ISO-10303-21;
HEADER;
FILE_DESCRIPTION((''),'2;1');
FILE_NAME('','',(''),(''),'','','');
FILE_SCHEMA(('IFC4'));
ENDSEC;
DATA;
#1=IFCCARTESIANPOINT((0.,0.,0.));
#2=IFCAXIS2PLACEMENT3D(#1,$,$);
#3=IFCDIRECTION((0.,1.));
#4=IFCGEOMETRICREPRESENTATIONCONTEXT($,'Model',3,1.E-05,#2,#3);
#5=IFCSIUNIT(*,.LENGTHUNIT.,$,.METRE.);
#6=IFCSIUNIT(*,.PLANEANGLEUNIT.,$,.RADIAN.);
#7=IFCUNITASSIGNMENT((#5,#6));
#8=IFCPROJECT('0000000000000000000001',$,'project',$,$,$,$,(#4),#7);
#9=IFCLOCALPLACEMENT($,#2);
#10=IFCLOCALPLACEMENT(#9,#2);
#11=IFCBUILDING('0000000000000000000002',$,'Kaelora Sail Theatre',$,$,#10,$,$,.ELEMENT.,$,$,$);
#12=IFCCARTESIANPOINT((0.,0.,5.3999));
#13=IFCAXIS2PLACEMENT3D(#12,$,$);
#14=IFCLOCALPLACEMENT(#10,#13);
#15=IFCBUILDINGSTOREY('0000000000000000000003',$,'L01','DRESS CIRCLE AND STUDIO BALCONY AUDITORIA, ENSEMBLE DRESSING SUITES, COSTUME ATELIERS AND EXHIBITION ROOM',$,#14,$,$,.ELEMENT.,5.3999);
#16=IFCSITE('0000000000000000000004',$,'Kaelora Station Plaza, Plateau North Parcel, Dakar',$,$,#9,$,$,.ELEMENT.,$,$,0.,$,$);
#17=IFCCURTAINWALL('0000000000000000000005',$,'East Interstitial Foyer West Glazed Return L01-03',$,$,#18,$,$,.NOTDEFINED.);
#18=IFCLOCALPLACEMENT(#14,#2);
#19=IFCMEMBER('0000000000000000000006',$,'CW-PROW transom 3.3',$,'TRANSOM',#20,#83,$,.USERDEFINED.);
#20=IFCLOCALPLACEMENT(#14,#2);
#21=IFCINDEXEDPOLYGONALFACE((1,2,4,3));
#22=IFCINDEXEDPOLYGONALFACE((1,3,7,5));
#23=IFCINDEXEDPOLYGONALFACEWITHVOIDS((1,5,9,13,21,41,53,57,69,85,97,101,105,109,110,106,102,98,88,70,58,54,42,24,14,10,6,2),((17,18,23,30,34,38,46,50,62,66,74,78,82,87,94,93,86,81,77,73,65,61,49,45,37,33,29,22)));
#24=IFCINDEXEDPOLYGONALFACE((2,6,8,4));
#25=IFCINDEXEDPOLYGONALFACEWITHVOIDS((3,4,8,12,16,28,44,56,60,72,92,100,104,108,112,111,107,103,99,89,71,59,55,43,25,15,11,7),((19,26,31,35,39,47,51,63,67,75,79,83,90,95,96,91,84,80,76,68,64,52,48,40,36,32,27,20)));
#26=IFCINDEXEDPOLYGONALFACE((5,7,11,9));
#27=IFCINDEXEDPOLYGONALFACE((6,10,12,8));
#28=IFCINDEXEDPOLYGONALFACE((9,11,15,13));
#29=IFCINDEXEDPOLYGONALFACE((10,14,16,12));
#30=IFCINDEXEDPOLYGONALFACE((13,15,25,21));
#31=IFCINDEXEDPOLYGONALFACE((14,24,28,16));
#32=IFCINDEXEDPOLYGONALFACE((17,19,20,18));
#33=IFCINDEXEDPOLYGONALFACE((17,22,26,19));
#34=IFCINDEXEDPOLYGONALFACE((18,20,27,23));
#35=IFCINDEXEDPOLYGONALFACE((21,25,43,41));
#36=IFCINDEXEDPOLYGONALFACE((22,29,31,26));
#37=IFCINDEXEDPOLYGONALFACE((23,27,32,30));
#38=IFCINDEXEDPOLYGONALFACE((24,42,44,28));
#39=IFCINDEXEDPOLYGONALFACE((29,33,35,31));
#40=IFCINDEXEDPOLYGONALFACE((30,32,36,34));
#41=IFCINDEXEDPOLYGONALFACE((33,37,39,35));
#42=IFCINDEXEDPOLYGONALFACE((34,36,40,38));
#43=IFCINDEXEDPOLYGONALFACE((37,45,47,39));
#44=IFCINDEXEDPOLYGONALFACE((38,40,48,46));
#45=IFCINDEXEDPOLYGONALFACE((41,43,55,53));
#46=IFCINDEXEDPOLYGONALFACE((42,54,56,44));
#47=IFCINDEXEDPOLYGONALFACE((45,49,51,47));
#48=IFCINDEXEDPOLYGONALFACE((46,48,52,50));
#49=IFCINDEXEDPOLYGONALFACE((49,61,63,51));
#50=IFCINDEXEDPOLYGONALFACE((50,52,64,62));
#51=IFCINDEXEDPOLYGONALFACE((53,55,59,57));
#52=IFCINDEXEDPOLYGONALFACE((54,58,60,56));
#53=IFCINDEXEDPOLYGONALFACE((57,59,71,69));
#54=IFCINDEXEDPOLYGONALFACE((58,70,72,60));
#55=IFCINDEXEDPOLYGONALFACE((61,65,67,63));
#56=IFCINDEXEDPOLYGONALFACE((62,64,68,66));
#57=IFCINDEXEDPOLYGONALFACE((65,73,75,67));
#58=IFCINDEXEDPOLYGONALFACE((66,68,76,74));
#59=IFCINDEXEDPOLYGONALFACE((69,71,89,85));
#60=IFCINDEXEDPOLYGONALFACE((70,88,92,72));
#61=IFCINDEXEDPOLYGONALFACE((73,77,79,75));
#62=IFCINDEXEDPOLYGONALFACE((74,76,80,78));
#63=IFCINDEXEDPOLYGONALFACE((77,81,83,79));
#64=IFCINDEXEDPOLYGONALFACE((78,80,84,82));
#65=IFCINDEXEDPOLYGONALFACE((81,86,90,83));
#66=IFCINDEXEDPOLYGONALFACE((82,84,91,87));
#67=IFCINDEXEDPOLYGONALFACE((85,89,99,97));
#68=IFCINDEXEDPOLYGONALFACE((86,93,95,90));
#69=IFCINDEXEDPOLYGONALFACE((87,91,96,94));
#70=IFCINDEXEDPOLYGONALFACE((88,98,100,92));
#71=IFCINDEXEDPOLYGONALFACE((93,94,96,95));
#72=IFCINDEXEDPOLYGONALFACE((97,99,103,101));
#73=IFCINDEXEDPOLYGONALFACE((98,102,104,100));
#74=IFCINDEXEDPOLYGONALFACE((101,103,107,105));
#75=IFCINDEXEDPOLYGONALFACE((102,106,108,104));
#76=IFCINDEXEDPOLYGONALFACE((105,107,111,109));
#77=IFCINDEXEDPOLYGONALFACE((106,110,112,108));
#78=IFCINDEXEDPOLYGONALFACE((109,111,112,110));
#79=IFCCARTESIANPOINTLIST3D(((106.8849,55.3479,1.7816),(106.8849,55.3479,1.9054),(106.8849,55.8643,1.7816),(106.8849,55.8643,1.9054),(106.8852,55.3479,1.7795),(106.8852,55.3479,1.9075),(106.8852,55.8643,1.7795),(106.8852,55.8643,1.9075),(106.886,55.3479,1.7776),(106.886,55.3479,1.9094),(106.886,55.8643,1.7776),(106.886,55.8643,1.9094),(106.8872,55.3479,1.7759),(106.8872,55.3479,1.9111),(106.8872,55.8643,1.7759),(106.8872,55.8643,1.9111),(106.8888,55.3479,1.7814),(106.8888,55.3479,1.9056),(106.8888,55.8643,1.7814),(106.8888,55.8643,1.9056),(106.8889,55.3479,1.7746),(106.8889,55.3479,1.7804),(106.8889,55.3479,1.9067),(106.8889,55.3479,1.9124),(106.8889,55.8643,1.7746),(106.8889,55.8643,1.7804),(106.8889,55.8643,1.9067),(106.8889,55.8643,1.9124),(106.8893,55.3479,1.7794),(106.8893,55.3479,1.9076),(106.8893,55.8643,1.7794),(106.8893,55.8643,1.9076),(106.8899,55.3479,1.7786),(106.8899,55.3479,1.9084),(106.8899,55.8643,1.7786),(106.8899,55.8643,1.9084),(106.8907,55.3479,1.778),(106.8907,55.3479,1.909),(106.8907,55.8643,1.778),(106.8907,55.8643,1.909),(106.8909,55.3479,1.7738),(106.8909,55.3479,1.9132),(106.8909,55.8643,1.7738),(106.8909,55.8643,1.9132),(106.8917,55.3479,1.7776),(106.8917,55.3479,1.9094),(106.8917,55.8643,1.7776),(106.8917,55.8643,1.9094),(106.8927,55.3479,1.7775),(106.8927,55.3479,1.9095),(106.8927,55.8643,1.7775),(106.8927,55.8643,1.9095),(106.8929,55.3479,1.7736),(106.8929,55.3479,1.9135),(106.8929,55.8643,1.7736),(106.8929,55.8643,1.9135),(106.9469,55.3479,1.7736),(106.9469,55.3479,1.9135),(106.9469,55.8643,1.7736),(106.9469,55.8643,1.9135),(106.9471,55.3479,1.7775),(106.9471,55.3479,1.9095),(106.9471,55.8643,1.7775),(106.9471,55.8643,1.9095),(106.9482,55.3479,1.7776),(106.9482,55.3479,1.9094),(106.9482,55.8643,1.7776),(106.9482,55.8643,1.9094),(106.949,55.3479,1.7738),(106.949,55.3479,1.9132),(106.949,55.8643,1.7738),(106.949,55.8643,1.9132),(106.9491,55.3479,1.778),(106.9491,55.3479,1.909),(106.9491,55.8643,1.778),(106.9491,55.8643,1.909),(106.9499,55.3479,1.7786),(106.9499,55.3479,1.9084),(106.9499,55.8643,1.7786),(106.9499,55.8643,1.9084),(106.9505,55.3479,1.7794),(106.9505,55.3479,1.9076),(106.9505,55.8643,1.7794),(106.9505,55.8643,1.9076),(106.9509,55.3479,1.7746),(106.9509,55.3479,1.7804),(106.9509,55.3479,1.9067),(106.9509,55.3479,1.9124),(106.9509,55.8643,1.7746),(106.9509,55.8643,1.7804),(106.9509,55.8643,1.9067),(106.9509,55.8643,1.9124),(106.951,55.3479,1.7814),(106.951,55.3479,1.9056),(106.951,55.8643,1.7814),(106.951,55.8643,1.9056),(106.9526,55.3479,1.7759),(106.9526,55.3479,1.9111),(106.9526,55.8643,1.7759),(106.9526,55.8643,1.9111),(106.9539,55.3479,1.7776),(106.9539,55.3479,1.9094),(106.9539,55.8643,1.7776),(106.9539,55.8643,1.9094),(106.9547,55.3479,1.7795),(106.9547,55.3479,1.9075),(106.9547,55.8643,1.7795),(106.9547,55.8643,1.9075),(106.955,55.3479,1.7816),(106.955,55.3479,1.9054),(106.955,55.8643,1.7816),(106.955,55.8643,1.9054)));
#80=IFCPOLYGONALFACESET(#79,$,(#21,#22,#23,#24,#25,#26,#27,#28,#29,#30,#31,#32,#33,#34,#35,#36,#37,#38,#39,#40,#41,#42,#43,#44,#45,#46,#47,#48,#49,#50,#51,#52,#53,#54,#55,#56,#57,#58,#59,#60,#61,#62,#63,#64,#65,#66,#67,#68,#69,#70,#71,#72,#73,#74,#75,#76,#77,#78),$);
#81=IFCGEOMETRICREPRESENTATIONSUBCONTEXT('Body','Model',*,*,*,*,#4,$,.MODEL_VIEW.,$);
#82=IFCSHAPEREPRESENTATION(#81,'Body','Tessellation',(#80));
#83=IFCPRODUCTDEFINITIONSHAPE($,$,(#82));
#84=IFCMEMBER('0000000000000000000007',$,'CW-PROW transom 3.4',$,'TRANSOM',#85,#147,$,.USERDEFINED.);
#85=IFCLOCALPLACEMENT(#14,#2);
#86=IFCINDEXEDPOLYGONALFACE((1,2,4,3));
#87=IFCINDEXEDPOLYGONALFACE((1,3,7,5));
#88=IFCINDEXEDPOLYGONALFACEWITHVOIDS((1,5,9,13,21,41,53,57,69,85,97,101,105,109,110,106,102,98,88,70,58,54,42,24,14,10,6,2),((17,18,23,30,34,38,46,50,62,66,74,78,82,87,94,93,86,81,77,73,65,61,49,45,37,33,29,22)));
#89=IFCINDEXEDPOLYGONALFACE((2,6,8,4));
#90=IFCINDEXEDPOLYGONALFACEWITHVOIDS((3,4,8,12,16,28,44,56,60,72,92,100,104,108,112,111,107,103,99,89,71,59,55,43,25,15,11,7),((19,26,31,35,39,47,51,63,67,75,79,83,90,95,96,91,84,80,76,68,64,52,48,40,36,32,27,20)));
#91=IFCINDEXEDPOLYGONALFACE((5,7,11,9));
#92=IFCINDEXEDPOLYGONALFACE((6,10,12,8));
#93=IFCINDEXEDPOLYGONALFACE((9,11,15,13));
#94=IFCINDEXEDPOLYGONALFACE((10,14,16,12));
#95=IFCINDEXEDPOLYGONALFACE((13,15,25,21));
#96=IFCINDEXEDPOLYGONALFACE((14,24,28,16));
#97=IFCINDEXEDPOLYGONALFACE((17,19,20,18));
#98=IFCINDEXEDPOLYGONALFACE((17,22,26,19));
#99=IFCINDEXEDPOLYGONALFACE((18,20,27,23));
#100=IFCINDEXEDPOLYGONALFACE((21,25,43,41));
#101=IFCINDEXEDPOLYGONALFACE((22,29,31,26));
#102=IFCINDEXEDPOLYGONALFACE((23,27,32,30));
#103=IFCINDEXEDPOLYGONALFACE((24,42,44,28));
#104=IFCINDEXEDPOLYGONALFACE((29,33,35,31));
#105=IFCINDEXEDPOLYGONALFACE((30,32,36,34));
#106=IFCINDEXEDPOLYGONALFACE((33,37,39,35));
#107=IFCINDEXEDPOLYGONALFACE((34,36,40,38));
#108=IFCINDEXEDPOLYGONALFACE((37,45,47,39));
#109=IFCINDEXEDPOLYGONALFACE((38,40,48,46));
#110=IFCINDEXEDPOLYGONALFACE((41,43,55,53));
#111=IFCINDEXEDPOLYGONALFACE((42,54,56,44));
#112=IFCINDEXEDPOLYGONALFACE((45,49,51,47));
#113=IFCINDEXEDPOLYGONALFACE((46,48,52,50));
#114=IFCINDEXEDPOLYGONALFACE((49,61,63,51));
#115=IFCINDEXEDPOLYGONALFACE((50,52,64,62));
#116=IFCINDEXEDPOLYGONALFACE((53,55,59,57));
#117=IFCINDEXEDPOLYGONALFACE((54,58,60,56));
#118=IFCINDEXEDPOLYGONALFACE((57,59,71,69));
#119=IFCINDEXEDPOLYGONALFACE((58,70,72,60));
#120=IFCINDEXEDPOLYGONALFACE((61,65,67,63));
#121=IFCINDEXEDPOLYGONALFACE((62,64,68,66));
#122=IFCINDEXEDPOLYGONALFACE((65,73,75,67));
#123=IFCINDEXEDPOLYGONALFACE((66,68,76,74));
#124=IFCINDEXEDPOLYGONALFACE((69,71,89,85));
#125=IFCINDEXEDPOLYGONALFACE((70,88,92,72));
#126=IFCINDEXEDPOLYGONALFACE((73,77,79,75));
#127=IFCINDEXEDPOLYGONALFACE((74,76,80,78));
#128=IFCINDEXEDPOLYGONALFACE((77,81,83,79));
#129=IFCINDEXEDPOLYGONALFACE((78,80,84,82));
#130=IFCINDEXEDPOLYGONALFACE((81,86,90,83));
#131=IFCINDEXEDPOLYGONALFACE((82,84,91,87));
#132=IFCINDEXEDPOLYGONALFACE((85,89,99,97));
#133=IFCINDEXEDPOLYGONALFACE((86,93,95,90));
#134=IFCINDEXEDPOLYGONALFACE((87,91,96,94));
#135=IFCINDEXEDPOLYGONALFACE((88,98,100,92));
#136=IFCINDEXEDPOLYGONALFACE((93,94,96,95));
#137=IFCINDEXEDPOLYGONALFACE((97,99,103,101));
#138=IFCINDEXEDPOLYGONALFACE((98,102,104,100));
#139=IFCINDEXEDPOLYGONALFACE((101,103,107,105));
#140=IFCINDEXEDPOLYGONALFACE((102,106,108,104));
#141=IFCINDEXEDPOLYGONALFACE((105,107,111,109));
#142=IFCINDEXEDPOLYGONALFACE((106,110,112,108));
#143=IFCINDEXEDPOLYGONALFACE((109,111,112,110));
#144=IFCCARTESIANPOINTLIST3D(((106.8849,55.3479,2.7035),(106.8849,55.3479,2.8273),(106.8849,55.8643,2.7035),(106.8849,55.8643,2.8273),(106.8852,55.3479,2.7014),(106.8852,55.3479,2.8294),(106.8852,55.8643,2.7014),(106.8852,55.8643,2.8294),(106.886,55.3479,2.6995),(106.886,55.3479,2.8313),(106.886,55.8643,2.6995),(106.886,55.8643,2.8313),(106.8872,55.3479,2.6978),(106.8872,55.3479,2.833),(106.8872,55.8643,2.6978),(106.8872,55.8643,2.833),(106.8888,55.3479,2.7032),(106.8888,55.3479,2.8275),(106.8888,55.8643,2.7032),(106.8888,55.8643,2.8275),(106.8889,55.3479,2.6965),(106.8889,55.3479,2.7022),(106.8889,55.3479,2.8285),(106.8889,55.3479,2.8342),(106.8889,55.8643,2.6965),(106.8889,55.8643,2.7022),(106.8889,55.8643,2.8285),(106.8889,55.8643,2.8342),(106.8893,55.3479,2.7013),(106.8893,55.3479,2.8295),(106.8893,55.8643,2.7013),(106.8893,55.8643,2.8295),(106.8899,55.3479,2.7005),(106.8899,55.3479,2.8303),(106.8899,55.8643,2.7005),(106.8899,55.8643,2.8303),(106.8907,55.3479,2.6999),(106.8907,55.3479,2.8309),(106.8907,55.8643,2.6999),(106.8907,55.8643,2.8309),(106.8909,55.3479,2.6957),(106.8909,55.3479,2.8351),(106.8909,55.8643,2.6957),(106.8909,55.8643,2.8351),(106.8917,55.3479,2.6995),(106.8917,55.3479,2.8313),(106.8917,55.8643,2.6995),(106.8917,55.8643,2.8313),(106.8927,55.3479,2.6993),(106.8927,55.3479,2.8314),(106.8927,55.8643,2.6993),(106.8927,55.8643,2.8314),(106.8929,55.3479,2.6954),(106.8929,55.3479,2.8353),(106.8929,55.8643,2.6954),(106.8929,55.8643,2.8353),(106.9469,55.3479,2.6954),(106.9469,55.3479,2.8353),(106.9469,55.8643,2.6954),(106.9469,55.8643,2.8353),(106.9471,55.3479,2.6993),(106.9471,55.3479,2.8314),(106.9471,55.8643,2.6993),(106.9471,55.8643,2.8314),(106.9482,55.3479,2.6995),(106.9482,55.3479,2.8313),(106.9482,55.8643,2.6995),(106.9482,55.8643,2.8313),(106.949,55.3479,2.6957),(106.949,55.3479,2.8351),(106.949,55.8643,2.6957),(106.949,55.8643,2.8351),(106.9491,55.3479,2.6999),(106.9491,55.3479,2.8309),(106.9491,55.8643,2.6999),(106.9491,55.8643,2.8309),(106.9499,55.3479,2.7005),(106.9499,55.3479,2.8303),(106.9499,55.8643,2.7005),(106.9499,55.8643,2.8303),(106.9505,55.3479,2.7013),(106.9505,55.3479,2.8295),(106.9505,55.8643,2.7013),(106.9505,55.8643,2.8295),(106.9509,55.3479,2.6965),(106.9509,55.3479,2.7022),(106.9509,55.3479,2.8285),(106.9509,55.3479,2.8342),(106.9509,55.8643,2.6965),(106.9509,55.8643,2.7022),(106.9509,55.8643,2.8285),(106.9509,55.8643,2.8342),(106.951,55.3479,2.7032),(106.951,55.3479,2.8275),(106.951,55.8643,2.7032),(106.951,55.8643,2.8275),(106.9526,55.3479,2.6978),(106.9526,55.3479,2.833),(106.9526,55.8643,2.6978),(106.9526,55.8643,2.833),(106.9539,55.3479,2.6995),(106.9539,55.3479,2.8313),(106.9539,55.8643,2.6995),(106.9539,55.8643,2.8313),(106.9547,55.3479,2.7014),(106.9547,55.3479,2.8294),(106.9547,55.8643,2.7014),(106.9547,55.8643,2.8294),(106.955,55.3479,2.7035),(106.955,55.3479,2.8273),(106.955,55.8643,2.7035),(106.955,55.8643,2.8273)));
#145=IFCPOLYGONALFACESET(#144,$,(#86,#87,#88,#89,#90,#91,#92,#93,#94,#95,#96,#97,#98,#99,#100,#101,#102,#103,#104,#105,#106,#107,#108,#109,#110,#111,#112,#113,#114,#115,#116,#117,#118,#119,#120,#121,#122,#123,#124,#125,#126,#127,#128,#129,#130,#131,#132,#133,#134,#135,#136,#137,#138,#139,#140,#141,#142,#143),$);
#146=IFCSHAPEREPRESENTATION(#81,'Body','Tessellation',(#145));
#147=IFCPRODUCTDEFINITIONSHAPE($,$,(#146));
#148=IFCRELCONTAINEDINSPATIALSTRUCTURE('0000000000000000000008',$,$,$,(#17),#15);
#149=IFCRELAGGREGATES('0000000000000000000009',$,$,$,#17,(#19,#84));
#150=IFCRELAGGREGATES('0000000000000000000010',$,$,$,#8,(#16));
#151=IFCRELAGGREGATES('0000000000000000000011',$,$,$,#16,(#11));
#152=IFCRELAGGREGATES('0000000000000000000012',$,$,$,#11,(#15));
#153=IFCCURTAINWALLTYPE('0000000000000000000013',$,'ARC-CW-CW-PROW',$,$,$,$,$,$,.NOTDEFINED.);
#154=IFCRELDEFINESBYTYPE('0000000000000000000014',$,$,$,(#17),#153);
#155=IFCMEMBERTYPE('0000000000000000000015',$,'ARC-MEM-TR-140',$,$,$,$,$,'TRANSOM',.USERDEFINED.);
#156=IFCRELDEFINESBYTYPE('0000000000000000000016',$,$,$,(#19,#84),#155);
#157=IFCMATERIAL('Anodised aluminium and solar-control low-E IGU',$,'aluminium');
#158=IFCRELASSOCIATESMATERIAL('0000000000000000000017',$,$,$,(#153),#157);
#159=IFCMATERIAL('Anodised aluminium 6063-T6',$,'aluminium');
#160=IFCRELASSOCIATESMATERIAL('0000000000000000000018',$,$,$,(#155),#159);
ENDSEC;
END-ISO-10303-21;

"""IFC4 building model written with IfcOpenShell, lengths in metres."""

from ifc_helpers import new_model, si_unit, direction, frame, origin, origin_2d, place, context, subcontext, project, spatial, hollow_rectangle, extrude, material, material_profile, profile_set, type_object, element, aggregate, save


model = new_model("IFC4")

# Units and contexts
model_context = context("Model", 3, precision=1e-05, world=origin(), true_north=direction((0.0, 1.0)))
body_context = subcontext(model_context, "Body", "Model", "MODEL_VIEW")
ifc_project = project(units=[si_unit("LENGTHUNIT", "METRE"), si_unit("PLANEANGLEUNIT", "RADIAN")], contexts=[model_context])

# Site, building, storey
site_placement = place(None, origin())
site = spatial("IfcSite", under=ifc_project, at=site_placement, Name="Kaelora Station Plaza, Plateau North Parcel, Dakar", CompositionType="ELEMENT", RefElevation=0.0)
building_placement = place(site_placement, origin())
building = spatial("IfcBuilding", under=site, at=building_placement, Name="Kaelora Sail Theatre", CompositionType="ELEMENT")
storey_placement = place(building_placement, frame((0.0, 0.0, 5.3999)))
storey = spatial("IfcBuildingStorey", under=building, at=storey_placement, Name="L01", Description="DRESS CIRCLE AND STUDIO BALCONY AUDITORIA, ENSEMBLE DRESSING SUITES, COSTUME ATELIERS AND EXHIBITION ROOM", CompositionType="ELEMENT", Elevation=5.3999)

# Curtain wall, members
ifc_material_1 = material(Name="Anodised aluminium and solar-control low-E IGU", Category="aluminium")
curtain_wall_type = type_object("IfcCurtainWallType", Name="ARC-CW-CW-PROW", PredefinedType="NOTDEFINED", material=ifc_material_1)
curtain_wall_placement = place(storey_placement, origin())
curtain_wall = element("IfcCurtainWall", 1, at=curtain_wall_placement, inside=storey, type_object=curtain_wall_type, Name="East Interstitial Foyer West Glazed Return L01-03", PredefinedType="NOTDEFINED")
ifc_material_2 = material(Name="Anodised aluminium 6063-T6", Category="aluminium")
ifc_material_profile = material_profile(ifc_material_2, hollow_rectangle(XDim=0.0701, YDim=0.1399, WallThickness=0.0039, InnerFilletRadius=0.0039, OuterFilletRadius=0.0081, at=origin_2d()), Name="ALU-TRAN 70x140x4")
ifc_profile_set = profile_set([ifc_material_profile], Name="Anodised aluminium 6063-T6")
member_type = type_object("IfcMemberType", Name="ARC-MEM-TR-140", ElementType="TRANSOM", PredefinedType="USERDEFINED", material=ifc_profile_set)
member_1_placement = place(storey_placement, frame((106.9199, 55.3479, 1.8435), z_axis=(0.0, 1.0, 0.0), x_axis=(-1.0, 0.0, 0.0)))
member_1 = element("IfcMember", 2, at=member_1_placement, type_object=member_type, Name="CW-PROW transom 3.3", ObjectType="TRANSOM", PredefinedType="USERDEFINED", context=body_context, shape_type="SweptSolid", body=[
    extrude(hollow_rectangle(XDim=0.0701, YDim=0.1399, WallThickness=0.0039, InnerFilletRadius=0.0039, OuterFilletRadius=0.0081, at=origin_2d()), origin(), (0.0, 0.0, 1.0), 0.5164),
])
member_2_placement = place(storey_placement, frame((106.9199, 55.3479, 2.7654), z_axis=(0.0, 1.0, 0.0), x_axis=(-1.0, 0.0, 0.0)))
member_2 = element("IfcMember", 3, at=member_2_placement, type_object=member_type, Name="CW-PROW transom 3.4", ObjectType="TRANSOM", PredefinedType="USERDEFINED", context=body_context, shape_type="SweptSolid", body=[
    extrude(hollow_rectangle(XDim=0.0701, YDim=0.1399, WallThickness=0.0039, InnerFilletRadius=0.0039, OuterFilletRadius=0.0081, at=origin_2d()), origin(), (0.0, 0.0, 1.0), 0.5164),
])
aggregate(curtain_wall, [member_1, member_2])

save(model, "model.ifc")
